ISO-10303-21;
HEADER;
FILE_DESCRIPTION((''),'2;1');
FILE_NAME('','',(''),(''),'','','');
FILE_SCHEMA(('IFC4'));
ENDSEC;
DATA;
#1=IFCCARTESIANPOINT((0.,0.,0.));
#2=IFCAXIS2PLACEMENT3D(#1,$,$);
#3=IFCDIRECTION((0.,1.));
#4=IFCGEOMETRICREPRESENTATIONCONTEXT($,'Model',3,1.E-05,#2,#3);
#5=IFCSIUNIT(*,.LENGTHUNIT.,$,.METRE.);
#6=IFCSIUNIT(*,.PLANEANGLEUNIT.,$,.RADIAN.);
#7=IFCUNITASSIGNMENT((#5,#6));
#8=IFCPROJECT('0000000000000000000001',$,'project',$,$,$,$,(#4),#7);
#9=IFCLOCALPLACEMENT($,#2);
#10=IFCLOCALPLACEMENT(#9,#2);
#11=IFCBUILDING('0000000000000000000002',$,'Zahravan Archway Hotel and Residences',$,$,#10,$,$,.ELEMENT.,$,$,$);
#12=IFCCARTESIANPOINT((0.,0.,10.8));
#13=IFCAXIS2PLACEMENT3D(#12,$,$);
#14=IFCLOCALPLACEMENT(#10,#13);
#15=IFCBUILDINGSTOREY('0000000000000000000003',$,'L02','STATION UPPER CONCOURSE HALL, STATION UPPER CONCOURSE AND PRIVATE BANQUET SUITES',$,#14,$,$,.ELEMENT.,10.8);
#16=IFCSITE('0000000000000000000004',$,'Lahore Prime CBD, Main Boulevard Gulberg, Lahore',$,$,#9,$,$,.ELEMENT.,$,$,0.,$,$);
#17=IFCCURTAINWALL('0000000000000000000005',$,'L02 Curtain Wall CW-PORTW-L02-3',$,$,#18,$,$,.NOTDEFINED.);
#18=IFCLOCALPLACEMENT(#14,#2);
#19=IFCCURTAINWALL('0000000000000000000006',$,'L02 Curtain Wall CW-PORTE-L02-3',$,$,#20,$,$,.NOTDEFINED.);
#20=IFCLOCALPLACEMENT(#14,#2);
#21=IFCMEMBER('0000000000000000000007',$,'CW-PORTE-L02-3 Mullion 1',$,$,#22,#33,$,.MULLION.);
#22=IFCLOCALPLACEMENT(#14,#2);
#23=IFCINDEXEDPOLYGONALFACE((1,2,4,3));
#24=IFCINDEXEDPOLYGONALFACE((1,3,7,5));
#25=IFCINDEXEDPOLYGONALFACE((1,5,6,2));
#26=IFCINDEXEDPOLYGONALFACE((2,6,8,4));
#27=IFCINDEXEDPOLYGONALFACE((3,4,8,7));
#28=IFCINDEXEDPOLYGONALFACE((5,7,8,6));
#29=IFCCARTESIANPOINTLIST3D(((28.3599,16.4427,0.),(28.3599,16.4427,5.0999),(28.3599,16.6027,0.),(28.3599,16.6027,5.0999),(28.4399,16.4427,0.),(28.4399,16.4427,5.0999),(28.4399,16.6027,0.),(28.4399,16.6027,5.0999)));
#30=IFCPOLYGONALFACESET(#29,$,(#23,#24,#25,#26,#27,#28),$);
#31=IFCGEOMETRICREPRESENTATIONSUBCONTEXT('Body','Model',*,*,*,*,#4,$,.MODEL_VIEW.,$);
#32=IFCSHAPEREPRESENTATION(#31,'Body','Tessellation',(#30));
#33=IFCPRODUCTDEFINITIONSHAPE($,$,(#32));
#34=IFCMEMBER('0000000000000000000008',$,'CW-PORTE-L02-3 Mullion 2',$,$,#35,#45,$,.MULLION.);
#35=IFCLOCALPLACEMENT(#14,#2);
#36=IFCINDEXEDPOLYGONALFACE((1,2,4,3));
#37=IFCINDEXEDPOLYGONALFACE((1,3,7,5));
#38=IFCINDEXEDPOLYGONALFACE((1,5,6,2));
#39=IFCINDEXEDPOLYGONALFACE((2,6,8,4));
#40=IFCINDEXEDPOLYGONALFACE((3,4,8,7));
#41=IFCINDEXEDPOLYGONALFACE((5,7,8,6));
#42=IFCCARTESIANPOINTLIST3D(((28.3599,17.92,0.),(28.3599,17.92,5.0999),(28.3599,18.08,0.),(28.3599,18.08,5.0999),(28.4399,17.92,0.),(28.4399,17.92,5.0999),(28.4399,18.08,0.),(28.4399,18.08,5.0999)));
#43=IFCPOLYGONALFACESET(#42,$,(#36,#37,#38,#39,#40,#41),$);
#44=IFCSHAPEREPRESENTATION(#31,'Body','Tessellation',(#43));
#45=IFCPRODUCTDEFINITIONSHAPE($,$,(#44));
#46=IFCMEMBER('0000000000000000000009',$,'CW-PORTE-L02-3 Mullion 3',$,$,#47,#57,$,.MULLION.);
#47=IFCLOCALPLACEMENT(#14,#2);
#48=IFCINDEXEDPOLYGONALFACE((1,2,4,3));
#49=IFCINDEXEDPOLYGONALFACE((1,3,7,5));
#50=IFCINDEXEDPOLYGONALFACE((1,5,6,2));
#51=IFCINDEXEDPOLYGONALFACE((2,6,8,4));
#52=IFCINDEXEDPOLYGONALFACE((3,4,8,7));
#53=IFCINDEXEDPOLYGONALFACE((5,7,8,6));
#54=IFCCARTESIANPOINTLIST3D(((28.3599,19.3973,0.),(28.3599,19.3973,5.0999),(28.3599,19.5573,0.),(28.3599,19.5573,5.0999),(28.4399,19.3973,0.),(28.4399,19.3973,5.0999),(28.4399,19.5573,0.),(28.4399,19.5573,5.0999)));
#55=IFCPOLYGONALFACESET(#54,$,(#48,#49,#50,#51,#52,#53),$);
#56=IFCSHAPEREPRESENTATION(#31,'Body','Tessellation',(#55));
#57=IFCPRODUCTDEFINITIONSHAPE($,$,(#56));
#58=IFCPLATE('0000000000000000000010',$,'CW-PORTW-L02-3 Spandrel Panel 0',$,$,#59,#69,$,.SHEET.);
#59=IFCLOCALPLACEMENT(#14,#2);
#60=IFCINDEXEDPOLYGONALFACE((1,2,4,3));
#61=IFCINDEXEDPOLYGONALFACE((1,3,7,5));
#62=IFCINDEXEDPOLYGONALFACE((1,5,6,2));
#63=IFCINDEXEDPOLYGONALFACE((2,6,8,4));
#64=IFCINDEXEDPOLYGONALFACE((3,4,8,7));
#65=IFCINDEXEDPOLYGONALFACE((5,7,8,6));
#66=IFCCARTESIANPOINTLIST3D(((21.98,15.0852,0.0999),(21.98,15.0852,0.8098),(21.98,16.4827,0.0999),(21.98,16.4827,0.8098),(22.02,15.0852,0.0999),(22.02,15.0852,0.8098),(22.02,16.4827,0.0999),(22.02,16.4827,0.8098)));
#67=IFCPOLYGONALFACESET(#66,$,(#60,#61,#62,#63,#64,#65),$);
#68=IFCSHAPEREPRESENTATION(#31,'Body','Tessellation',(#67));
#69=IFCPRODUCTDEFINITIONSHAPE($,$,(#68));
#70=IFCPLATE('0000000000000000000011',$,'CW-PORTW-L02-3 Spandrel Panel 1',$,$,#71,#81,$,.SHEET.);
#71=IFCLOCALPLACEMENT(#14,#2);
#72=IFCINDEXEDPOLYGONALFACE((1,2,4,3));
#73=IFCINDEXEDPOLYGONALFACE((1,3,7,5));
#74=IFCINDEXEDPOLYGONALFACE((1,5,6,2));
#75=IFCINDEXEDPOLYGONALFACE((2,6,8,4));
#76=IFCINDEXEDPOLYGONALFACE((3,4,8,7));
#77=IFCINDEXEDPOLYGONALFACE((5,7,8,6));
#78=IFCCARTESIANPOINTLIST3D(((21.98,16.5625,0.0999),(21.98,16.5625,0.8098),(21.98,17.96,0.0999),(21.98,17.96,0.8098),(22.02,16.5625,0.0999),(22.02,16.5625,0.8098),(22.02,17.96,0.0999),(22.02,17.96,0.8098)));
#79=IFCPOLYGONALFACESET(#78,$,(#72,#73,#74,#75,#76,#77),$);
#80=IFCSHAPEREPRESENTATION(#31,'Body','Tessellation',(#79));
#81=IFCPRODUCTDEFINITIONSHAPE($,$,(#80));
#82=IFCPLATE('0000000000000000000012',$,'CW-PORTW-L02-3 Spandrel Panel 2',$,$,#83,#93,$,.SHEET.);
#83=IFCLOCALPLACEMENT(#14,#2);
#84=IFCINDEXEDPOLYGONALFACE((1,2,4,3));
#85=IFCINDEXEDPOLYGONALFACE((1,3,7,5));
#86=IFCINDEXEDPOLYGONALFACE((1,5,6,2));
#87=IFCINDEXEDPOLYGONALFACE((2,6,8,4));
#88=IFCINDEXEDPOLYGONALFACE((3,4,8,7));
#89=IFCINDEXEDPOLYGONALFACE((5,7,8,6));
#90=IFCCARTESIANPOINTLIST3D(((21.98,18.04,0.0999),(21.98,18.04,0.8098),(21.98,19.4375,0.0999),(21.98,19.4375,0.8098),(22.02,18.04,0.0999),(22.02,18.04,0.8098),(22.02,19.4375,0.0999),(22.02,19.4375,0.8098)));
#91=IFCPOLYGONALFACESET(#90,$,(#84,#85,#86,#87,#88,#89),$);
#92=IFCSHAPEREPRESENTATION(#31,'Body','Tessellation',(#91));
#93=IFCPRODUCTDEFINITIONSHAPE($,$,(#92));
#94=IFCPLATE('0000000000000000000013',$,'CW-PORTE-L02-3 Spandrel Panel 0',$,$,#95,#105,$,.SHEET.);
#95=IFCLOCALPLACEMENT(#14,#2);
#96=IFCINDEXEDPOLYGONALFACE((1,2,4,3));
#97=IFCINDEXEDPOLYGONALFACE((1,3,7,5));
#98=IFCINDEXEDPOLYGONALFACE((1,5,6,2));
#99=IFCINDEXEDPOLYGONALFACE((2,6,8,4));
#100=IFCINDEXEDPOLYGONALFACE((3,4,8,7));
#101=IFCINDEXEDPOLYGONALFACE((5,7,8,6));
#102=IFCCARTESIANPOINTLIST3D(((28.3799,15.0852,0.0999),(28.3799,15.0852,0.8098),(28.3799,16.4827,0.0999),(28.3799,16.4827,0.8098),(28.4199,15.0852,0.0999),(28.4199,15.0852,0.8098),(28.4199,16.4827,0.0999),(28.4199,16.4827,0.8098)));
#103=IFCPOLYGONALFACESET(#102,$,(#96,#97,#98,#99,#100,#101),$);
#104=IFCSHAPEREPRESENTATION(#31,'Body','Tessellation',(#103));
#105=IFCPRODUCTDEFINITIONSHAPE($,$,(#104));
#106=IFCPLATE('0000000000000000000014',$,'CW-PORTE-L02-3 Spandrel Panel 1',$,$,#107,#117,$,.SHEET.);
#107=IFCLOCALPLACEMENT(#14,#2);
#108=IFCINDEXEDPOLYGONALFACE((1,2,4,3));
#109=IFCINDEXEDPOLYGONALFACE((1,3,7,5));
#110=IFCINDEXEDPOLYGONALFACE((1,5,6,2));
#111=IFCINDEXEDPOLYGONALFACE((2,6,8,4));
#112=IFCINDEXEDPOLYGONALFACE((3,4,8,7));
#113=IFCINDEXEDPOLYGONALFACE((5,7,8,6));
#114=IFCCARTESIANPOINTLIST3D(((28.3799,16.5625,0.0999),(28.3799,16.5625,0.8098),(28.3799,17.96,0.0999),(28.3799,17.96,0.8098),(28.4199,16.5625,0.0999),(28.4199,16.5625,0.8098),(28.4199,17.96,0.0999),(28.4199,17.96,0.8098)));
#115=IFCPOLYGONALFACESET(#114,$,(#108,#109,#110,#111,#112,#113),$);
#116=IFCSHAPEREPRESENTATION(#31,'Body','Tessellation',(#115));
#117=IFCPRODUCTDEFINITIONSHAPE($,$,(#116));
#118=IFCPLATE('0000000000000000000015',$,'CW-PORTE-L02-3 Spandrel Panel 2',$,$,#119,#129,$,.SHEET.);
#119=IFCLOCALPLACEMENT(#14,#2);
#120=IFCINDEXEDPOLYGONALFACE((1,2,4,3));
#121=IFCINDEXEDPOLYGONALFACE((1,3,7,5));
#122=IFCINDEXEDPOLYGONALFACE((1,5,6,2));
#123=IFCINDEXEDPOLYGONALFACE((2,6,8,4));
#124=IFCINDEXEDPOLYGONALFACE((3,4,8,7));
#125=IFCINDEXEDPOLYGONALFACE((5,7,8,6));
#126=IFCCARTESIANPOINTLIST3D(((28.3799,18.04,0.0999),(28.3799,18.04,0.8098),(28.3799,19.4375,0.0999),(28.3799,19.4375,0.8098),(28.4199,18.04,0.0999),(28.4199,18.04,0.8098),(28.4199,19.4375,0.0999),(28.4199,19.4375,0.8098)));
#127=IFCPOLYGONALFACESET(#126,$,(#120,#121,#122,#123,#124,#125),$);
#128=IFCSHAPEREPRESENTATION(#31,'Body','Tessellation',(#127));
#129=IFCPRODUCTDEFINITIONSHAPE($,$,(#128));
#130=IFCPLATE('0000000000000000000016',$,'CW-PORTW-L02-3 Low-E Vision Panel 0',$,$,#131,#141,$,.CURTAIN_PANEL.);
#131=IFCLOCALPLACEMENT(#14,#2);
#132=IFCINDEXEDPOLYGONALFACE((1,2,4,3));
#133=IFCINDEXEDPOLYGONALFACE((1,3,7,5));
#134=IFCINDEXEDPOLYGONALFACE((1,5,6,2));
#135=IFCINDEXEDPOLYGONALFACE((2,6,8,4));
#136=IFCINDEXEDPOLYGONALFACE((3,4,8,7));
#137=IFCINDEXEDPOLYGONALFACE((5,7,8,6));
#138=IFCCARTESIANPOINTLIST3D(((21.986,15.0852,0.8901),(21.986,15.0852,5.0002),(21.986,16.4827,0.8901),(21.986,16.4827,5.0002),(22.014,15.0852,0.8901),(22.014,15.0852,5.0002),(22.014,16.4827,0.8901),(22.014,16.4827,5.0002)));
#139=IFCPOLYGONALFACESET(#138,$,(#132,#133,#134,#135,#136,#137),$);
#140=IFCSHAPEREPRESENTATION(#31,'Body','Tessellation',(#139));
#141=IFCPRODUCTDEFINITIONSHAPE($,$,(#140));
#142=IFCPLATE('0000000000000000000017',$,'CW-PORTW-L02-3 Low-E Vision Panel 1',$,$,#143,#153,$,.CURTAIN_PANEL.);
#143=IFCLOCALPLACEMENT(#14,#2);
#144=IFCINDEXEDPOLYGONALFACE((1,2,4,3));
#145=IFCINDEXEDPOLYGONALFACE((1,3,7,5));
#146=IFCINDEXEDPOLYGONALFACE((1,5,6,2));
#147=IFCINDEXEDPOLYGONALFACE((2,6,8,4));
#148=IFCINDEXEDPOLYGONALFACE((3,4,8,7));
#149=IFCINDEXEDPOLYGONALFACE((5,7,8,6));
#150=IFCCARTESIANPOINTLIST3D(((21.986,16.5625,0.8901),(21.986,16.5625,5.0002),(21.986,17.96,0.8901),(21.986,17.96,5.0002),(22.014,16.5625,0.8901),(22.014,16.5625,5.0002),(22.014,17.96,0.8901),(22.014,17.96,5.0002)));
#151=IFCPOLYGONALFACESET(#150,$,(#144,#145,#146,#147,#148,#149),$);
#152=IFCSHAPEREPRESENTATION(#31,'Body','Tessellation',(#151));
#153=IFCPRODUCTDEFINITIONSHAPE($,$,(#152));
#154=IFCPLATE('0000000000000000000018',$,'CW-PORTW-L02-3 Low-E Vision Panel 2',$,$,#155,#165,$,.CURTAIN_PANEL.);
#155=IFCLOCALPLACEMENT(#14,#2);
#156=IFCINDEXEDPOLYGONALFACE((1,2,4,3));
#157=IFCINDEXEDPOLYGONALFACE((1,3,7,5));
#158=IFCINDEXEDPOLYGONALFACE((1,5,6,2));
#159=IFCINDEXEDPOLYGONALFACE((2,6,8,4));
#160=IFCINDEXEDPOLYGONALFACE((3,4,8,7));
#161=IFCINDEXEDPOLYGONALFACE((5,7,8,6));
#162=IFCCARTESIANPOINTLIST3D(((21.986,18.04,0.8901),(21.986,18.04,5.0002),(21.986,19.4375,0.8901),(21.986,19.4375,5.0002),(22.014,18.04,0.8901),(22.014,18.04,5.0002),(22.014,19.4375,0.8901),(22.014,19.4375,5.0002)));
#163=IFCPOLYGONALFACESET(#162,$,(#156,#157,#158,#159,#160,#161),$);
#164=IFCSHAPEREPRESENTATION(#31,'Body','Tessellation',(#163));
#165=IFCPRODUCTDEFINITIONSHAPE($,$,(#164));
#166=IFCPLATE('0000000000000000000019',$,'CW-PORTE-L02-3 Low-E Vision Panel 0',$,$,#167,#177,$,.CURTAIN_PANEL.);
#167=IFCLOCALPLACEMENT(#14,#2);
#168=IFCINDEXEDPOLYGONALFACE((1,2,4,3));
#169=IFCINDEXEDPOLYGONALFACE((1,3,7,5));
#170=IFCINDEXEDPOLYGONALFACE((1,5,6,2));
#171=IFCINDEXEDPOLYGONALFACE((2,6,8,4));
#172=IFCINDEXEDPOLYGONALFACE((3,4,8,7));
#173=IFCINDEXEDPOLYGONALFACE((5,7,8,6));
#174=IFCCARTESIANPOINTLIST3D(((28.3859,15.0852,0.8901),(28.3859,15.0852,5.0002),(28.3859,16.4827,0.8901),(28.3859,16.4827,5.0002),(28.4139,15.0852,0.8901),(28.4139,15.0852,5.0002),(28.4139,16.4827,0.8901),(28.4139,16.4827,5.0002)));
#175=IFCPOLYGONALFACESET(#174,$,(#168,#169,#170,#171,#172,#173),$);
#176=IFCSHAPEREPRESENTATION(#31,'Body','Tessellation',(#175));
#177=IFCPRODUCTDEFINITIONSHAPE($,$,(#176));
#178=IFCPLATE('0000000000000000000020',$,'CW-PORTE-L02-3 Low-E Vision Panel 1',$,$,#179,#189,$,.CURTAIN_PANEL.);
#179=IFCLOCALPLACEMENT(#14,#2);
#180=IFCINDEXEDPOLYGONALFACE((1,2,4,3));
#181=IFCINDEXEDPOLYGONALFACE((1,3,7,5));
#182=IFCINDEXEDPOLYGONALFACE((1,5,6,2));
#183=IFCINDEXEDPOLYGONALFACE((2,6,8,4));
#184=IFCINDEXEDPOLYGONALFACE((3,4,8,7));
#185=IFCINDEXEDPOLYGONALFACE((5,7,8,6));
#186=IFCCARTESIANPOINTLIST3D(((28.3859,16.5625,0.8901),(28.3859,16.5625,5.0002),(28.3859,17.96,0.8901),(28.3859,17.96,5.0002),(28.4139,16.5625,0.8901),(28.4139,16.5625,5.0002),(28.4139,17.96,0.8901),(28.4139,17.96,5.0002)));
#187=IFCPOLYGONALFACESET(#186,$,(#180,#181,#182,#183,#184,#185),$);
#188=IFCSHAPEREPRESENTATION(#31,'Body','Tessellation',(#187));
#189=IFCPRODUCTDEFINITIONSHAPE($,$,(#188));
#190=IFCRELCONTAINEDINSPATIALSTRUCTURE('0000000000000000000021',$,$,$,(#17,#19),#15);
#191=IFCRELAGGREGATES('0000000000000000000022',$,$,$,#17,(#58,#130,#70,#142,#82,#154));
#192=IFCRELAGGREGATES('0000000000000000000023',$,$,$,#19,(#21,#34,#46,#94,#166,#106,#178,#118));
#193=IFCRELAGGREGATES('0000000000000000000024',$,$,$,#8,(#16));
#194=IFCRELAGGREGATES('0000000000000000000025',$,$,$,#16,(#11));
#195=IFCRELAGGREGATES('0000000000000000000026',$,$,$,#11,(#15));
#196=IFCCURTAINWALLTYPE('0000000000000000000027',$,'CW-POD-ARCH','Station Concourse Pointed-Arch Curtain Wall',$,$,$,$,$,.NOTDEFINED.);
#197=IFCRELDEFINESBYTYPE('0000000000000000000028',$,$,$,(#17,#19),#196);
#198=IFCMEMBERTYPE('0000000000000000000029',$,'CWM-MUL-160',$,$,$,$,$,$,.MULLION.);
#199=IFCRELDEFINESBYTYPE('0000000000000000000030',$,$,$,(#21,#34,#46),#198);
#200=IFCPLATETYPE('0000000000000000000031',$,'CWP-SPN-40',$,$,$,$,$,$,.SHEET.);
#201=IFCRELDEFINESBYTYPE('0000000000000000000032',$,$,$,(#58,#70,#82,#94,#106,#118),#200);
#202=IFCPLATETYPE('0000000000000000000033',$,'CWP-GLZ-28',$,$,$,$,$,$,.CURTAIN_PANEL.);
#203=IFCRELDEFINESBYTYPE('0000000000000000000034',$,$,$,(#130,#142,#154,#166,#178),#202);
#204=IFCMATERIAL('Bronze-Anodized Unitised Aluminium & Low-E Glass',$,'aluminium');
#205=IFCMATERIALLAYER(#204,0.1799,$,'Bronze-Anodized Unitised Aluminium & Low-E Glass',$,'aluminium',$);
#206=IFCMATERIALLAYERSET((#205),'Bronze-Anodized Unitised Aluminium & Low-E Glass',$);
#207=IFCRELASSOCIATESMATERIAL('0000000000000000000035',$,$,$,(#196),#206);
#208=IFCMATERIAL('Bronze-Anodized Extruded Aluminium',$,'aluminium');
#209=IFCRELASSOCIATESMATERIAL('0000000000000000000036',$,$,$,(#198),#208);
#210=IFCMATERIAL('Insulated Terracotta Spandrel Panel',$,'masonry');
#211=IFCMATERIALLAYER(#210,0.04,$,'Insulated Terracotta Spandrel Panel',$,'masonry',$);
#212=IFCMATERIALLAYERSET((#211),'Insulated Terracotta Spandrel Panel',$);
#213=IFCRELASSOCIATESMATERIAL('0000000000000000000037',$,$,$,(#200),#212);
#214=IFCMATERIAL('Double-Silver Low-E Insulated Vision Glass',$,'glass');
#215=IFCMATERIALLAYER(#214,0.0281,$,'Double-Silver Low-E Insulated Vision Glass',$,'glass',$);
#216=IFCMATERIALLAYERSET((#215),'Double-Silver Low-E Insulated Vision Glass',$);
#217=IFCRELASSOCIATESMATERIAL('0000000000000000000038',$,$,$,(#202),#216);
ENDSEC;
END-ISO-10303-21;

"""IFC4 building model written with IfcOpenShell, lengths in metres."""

from ifc_helpers import new_model, si_unit, direction, frame, origin, origin_2d, place, context, subcontext, project, spatial, rectangle, extrude, source, transform, mapped, material, layer, layer_set, material_profile, profile_set, type_object, element, aggregate, save


model = new_model("IFC4")

# Units and contexts
model_context = context("Model", 3, precision=1e-05, world=origin(), true_north=direction((0.0, 1.0)))
body_context = subcontext(model_context, "Body", "Model", "MODEL_VIEW")
ifc_project = project(units=[si_unit("LENGTHUNIT", "METRE"), si_unit("PLANEANGLEUNIT", "RADIAN")], contexts=[model_context])

# Site, building, storey
site_placement = place(None, origin())
site = spatial("IfcSite", under=ifc_project, at=site_placement, Name="Lahore Prime CBD, Main Boulevard Gulberg, Lahore", CompositionType="ELEMENT", RefElevation=0.0)
building_placement = place(site_placement, origin())
building = spatial("IfcBuilding", under=site, at=building_placement, Name="Zahravan Archway Hotel and Residences", CompositionType="ELEMENT")
storey_placement = place(building_placement, frame((0.0, 0.0, 10.8)))
storey = spatial("IfcBuildingStorey", under=building, at=storey_placement, Name="L02", Description="STATION UPPER CONCOURSE HALL, STATION UPPER CONCOURSE AND PRIVATE BANQUET SUITES", CompositionType="ELEMENT", Elevation=10.8)

# Curtain walls
ifc_material_1 = material(Name="Bronze-Anodized Unitised Aluminium & Low-E Glass", Category="aluminium")
ifc_layer_1 = layer(ifc_material_1, 0.1799, Name="Bronze-Anodized Unitised Aluminium & Low-E Glass", Category="aluminium")
ifc_layer_set_1 = layer_set([ifc_layer_1], Name="Bronze-Anodized Unitised Aluminium & Low-E Glass")
curtain_wall_type = type_object("IfcCurtainWallType", Name="CW-POD-ARCH", Description="Station Concourse Pointed-Arch Curtain Wall", PredefinedType="NOTDEFINED", material=ifc_layer_set_1)
curtain_wall_1_placement = place(storey_placement, origin())
curtain_wall_1 = element("IfcCurtainWall", 1, at=curtain_wall_1_placement, inside=storey, type_object=curtain_wall_type, Name="L02 Curtain Wall CW-PORTW-L02-3", PredefinedType="NOTDEFINED")
ifc_material_2 = material(Name="Bronze-Anodized Extruded Aluminium", Category="aluminium")
curtain_wall_2_placement = place(storey_placement, origin())
curtain_wall_2 = element("IfcCurtainWall", 2, at=curtain_wall_2_placement, inside=storey, type_object=curtain_wall_type, Name="L02 Curtain Wall CW-PORTE-L02-3", PredefinedType="NOTDEFINED")

# Members
ifc_material_profile_1 = material_profile(ifc_material_2, rectangle(XDim=0.0801, YDim=0.1599, at=origin_2d()), Name="MUL 80x160", Category="aluminium")
ifc_profile_set_1 = profile_set([ifc_material_profile_1], Name="Bronze-Anodized Extruded Aluminium")
member_type_1 = type_object("IfcMemberType", Name="CWM-MUL-160", PredefinedType="MULLION", material=ifc_profile_set_1)
shared_shape_1 = source(origin(), body_context, "Body", "SweptSolid", [
    extrude(rectangle(XDim=0.0801, YDim=0.1599, at=origin_2d()), origin(), (0.0, 0.0, 1.0), 5.0999),
])
member_1_placement = place(storey_placement, frame((28.3999, 16.5227, 0.0), z_axis=(0.0, 0.0, 1.0), x_axis=(1.0, 0.0, 0.0)))
member_1 = element("IfcMember", 3, at=member_1_placement, type_object=member_type_1, Name="CW-PORTE-L02-3 Mullion 1", PredefinedType="MULLION", context=body_context, shape_type="MappedRepresentation", body=[
    mapped(shared_shape_1, transform((0.0, 0.0, 0.0), scale=1.0)),
])
member_2_placement = place(storey_placement, frame((28.3999, 18.0, 0.0), z_axis=(0.0, 0.0, 1.0), x_axis=(1.0, 0.0, 0.0)))
member_2 = element("IfcMember", 4, at=member_2_placement, type_object=member_type_1, Name="CW-PORTE-L02-3 Mullion 2", PredefinedType="MULLION", context=body_context, shape_type="MappedRepresentation", body=[
    mapped(shared_shape_1, transform((0.0, 0.0, 0.0), scale=1.0)),
])
member_3_placement = place(storey_placement, frame((28.3999, 19.4773, 0.0), z_axis=(0.0, 0.0, 1.0), x_axis=(1.0, 0.0, 0.0)))
member_3 = element("IfcMember", 5, at=member_3_placement, type_object=member_type_1, Name="CW-PORTE-L02-3 Mullion 3", PredefinedType="MULLION", context=body_context, shape_type="MappedRepresentation", body=[
    mapped(shared_shape_1, transform((0.0, 0.0, 0.0), scale=1.0)),
])

# Plates
ifc_material_3 = material(Name="Insulated Terracotta Spandrel Panel", Category="masonry")
ifc_layer_2 = layer(ifc_material_3, 0.04, Name="Insulated Terracotta Spandrel Panel", Category="masonry")
ifc_layer_set_2 = layer_set([ifc_layer_2], Name="Insulated Terracotta Spandrel Panel")
plate_type_1 = type_object("IfcPlateType", Name="CWP-SPN-40", PredefinedType="SHEET", material=ifc_layer_set_2)
shared_shape_2 = source(origin(), body_context, "Body", "SweptSolid", [
    extrude(rectangle(XDim=1.3975, YDim=0.04, at=origin_2d()), origin(), (0.0, 0.0, 1.0), 0.71),
])
plate_1_placement = place(storey_placement, frame((22.0, 15.7839, 0.0999), z_axis=(0.0, 0.0, 1.0), x_axis=(0.0, 1.0, 0.0)))
plate_1 = element("IfcPlate", 6, at=plate_1_placement, type_object=plate_type_1, Name="CW-PORTW-L02-3 Spandrel Panel 0", PredefinedType="SHEET", context=body_context, shape_type="MappedRepresentation", body=[
    mapped(shared_shape_2, transform((0.0, 0.0, 0.0), scale=1.0)),
])
plate_2_placement = place(storey_placement, frame((22.0, 17.2612, 0.0999), z_axis=(0.0, 0.0, 1.0), x_axis=(0.0, 1.0, 0.0)))
plate_2 = element("IfcPlate", 7, at=plate_2_placement, type_object=plate_type_1, Name="CW-PORTW-L02-3 Spandrel Panel 1", PredefinedType="SHEET", context=body_context, shape_type="MappedRepresentation", body=[
    mapped(shared_shape_2, transform((0.0, 0.0, 0.0), scale=1.0)),
])
plate_3_placement = place(storey_placement, frame((22.0, 18.7388, 0.0999), z_axis=(0.0, 0.0, 1.0), x_axis=(0.0, 1.0, 0.0)))
plate_3 = element("IfcPlate", 8, at=plate_3_placement, type_object=plate_type_1, Name="CW-PORTW-L02-3 Spandrel Panel 2", PredefinedType="SHEET", context=body_context, shape_type="MappedRepresentation", body=[
    mapped(shared_shape_2, transform((0.0, 0.0, 0.0), scale=1.0)),
])
plate_4_placement = place(storey_placement, frame((28.3999, 15.7839, 0.0999), z_axis=(0.0, 0.0, 1.0), x_axis=(0.0, 1.0, 0.0)))
plate_4 = element("IfcPlate", 9, at=plate_4_placement, type_object=plate_type_1, Name="CW-PORTE-L02-3 Spandrel Panel 0", PredefinedType="SHEET", context=body_context, shape_type="MappedRepresentation", body=[
    mapped(shared_shape_2, transform((0.0, 0.0, 0.0), scale=1.0)),
])
plate_5_placement = place(storey_placement, frame((28.3999, 17.2612, 0.0999), z_axis=(0.0, 0.0, 1.0), x_axis=(0.0, 1.0, 0.0)))
plate_5 = element("IfcPlate", 10, at=plate_5_placement, type_object=plate_type_1, Name="CW-PORTE-L02-3 Spandrel Panel 1", PredefinedType="SHEET", context=body_context, shape_type="MappedRepresentation", body=[
    mapped(shared_shape_2, transform((0.0, 0.0, 0.0), scale=1.0)),
])
plate_6_placement = place(storey_placement, frame((28.3999, 18.7388, 0.0999), z_axis=(0.0, 0.0, 1.0), x_axis=(0.0, 1.0, 0.0)))
plate_6 = element("IfcPlate", 11, at=plate_6_placement, type_object=plate_type_1, Name="CW-PORTE-L02-3 Spandrel Panel 2", PredefinedType="SHEET", context=body_context, shape_type="MappedRepresentation", body=[
    mapped(shared_shape_2, transform((0.0, 0.0, 0.0), scale=1.0)),
])
ifc_material_4 = material(Name="Double-Silver Low-E Insulated Vision Glass", Category="glass")
ifc_layer_3 = layer(ifc_material_4, 0.0281, Name="Double-Silver Low-E Insulated Vision Glass", Category="glass")
ifc_layer_set_3 = layer_set([ifc_layer_3], Name="Double-Silver Low-E Insulated Vision Glass")
plate_type_2 = type_object("IfcPlateType", Name="CWP-GLZ-28", PredefinedType="CURTAIN_PANEL", material=ifc_layer_set_3)
shared_shape_3 = source(origin(), body_context, "Body", "SweptSolid", [
    extrude(rectangle(XDim=1.3975, YDim=0.0281, at=origin_2d()), origin(), (0.0, 0.0, 1.0), 4.1101),
])
plate_7_placement = place(storey_placement, frame((22.0, 15.7839, 0.8901), z_axis=(0.0, 0.0, 1.0), x_axis=(0.0, 1.0, 0.0)))
plate_7 = element("IfcPlate", 12, at=plate_7_placement, type_object=plate_type_2, Name="CW-PORTW-L02-3 Low-E Vision Panel 0", PredefinedType="CURTAIN_PANEL", context=body_context, shape_type="MappedRepresentation", body=[
    mapped(shared_shape_3, transform((0.0, 0.0, 0.0), scale=1.0)),
])
plate_8_placement = place(storey_placement, frame((22.0, 17.2612, 0.8901), z_axis=(0.0, 0.0, 1.0), x_axis=(0.0, 1.0, 0.0)))
plate_8 = element("IfcPlate", 13, at=plate_8_placement, type_object=plate_type_2, Name="CW-PORTW-L02-3 Low-E Vision Panel 1", PredefinedType="CURTAIN_PANEL", context=body_context, shape_type="MappedRepresentation", body=[
    mapped(shared_shape_3, transform((0.0, 0.0, 0.0), scale=1.0)),
])
plate_9_placement = place(storey_placement, frame((22.0, 18.7388, 0.8901), z_axis=(0.0, 0.0, 1.0), x_axis=(0.0, 1.0, 0.0)))
plate_9 = element("IfcPlate", 14, at=plate_9_placement, type_object=plate_type_2, Name="CW-PORTW-L02-3 Low-E Vision Panel 2", PredefinedType="CURTAIN_PANEL", context=body_context, shape_type="MappedRepresentation", body=[
    mapped(shared_shape_3, transform((0.0, 0.0, 0.0), scale=1.0)),
])
aggregate(curtain_wall_1, [plate_1, plate_7, plate_2, plate_8, plate_3, plate_9])
plate_10_placement = place(storey_placement, frame((28.3999, 15.7839, 0.8901), z_axis=(0.0, 0.0, 1.0), x_axis=(0.0, 1.0, 0.0)))
plate_10 = element("IfcPlate", 15, at=plate_10_placement, type_object=plate_type_2, Name="CW-PORTE-L02-3 Low-E Vision Panel 0", PredefinedType="CURTAIN_PANEL", context=body_context, shape_type="MappedRepresentation", body=[
    mapped(shared_shape_3, transform((0.0, 0.0, 0.0), scale=1.0)),
])
plate_11_placement = place(storey_placement, frame((28.3999, 17.2612, 0.8901), z_axis=(0.0, 0.0, 1.0), x_axis=(0.0, 1.0, 0.0)))
plate_11 = element("IfcPlate", 16, at=plate_11_placement, type_object=plate_type_2, Name="CW-PORTE-L02-3 Low-E Vision Panel 1", PredefinedType="CURTAIN_PANEL", context=body_context, shape_type="MappedRepresentation", body=[
    mapped(shared_shape_3, transform((0.0, 0.0, 0.0), scale=1.0)),
])
aggregate(curtain_wall_2, [member_1, member_2, member_3, plate_4, plate_10, plate_5, plate_11, plate_6])

save(model, "model.ifc")
